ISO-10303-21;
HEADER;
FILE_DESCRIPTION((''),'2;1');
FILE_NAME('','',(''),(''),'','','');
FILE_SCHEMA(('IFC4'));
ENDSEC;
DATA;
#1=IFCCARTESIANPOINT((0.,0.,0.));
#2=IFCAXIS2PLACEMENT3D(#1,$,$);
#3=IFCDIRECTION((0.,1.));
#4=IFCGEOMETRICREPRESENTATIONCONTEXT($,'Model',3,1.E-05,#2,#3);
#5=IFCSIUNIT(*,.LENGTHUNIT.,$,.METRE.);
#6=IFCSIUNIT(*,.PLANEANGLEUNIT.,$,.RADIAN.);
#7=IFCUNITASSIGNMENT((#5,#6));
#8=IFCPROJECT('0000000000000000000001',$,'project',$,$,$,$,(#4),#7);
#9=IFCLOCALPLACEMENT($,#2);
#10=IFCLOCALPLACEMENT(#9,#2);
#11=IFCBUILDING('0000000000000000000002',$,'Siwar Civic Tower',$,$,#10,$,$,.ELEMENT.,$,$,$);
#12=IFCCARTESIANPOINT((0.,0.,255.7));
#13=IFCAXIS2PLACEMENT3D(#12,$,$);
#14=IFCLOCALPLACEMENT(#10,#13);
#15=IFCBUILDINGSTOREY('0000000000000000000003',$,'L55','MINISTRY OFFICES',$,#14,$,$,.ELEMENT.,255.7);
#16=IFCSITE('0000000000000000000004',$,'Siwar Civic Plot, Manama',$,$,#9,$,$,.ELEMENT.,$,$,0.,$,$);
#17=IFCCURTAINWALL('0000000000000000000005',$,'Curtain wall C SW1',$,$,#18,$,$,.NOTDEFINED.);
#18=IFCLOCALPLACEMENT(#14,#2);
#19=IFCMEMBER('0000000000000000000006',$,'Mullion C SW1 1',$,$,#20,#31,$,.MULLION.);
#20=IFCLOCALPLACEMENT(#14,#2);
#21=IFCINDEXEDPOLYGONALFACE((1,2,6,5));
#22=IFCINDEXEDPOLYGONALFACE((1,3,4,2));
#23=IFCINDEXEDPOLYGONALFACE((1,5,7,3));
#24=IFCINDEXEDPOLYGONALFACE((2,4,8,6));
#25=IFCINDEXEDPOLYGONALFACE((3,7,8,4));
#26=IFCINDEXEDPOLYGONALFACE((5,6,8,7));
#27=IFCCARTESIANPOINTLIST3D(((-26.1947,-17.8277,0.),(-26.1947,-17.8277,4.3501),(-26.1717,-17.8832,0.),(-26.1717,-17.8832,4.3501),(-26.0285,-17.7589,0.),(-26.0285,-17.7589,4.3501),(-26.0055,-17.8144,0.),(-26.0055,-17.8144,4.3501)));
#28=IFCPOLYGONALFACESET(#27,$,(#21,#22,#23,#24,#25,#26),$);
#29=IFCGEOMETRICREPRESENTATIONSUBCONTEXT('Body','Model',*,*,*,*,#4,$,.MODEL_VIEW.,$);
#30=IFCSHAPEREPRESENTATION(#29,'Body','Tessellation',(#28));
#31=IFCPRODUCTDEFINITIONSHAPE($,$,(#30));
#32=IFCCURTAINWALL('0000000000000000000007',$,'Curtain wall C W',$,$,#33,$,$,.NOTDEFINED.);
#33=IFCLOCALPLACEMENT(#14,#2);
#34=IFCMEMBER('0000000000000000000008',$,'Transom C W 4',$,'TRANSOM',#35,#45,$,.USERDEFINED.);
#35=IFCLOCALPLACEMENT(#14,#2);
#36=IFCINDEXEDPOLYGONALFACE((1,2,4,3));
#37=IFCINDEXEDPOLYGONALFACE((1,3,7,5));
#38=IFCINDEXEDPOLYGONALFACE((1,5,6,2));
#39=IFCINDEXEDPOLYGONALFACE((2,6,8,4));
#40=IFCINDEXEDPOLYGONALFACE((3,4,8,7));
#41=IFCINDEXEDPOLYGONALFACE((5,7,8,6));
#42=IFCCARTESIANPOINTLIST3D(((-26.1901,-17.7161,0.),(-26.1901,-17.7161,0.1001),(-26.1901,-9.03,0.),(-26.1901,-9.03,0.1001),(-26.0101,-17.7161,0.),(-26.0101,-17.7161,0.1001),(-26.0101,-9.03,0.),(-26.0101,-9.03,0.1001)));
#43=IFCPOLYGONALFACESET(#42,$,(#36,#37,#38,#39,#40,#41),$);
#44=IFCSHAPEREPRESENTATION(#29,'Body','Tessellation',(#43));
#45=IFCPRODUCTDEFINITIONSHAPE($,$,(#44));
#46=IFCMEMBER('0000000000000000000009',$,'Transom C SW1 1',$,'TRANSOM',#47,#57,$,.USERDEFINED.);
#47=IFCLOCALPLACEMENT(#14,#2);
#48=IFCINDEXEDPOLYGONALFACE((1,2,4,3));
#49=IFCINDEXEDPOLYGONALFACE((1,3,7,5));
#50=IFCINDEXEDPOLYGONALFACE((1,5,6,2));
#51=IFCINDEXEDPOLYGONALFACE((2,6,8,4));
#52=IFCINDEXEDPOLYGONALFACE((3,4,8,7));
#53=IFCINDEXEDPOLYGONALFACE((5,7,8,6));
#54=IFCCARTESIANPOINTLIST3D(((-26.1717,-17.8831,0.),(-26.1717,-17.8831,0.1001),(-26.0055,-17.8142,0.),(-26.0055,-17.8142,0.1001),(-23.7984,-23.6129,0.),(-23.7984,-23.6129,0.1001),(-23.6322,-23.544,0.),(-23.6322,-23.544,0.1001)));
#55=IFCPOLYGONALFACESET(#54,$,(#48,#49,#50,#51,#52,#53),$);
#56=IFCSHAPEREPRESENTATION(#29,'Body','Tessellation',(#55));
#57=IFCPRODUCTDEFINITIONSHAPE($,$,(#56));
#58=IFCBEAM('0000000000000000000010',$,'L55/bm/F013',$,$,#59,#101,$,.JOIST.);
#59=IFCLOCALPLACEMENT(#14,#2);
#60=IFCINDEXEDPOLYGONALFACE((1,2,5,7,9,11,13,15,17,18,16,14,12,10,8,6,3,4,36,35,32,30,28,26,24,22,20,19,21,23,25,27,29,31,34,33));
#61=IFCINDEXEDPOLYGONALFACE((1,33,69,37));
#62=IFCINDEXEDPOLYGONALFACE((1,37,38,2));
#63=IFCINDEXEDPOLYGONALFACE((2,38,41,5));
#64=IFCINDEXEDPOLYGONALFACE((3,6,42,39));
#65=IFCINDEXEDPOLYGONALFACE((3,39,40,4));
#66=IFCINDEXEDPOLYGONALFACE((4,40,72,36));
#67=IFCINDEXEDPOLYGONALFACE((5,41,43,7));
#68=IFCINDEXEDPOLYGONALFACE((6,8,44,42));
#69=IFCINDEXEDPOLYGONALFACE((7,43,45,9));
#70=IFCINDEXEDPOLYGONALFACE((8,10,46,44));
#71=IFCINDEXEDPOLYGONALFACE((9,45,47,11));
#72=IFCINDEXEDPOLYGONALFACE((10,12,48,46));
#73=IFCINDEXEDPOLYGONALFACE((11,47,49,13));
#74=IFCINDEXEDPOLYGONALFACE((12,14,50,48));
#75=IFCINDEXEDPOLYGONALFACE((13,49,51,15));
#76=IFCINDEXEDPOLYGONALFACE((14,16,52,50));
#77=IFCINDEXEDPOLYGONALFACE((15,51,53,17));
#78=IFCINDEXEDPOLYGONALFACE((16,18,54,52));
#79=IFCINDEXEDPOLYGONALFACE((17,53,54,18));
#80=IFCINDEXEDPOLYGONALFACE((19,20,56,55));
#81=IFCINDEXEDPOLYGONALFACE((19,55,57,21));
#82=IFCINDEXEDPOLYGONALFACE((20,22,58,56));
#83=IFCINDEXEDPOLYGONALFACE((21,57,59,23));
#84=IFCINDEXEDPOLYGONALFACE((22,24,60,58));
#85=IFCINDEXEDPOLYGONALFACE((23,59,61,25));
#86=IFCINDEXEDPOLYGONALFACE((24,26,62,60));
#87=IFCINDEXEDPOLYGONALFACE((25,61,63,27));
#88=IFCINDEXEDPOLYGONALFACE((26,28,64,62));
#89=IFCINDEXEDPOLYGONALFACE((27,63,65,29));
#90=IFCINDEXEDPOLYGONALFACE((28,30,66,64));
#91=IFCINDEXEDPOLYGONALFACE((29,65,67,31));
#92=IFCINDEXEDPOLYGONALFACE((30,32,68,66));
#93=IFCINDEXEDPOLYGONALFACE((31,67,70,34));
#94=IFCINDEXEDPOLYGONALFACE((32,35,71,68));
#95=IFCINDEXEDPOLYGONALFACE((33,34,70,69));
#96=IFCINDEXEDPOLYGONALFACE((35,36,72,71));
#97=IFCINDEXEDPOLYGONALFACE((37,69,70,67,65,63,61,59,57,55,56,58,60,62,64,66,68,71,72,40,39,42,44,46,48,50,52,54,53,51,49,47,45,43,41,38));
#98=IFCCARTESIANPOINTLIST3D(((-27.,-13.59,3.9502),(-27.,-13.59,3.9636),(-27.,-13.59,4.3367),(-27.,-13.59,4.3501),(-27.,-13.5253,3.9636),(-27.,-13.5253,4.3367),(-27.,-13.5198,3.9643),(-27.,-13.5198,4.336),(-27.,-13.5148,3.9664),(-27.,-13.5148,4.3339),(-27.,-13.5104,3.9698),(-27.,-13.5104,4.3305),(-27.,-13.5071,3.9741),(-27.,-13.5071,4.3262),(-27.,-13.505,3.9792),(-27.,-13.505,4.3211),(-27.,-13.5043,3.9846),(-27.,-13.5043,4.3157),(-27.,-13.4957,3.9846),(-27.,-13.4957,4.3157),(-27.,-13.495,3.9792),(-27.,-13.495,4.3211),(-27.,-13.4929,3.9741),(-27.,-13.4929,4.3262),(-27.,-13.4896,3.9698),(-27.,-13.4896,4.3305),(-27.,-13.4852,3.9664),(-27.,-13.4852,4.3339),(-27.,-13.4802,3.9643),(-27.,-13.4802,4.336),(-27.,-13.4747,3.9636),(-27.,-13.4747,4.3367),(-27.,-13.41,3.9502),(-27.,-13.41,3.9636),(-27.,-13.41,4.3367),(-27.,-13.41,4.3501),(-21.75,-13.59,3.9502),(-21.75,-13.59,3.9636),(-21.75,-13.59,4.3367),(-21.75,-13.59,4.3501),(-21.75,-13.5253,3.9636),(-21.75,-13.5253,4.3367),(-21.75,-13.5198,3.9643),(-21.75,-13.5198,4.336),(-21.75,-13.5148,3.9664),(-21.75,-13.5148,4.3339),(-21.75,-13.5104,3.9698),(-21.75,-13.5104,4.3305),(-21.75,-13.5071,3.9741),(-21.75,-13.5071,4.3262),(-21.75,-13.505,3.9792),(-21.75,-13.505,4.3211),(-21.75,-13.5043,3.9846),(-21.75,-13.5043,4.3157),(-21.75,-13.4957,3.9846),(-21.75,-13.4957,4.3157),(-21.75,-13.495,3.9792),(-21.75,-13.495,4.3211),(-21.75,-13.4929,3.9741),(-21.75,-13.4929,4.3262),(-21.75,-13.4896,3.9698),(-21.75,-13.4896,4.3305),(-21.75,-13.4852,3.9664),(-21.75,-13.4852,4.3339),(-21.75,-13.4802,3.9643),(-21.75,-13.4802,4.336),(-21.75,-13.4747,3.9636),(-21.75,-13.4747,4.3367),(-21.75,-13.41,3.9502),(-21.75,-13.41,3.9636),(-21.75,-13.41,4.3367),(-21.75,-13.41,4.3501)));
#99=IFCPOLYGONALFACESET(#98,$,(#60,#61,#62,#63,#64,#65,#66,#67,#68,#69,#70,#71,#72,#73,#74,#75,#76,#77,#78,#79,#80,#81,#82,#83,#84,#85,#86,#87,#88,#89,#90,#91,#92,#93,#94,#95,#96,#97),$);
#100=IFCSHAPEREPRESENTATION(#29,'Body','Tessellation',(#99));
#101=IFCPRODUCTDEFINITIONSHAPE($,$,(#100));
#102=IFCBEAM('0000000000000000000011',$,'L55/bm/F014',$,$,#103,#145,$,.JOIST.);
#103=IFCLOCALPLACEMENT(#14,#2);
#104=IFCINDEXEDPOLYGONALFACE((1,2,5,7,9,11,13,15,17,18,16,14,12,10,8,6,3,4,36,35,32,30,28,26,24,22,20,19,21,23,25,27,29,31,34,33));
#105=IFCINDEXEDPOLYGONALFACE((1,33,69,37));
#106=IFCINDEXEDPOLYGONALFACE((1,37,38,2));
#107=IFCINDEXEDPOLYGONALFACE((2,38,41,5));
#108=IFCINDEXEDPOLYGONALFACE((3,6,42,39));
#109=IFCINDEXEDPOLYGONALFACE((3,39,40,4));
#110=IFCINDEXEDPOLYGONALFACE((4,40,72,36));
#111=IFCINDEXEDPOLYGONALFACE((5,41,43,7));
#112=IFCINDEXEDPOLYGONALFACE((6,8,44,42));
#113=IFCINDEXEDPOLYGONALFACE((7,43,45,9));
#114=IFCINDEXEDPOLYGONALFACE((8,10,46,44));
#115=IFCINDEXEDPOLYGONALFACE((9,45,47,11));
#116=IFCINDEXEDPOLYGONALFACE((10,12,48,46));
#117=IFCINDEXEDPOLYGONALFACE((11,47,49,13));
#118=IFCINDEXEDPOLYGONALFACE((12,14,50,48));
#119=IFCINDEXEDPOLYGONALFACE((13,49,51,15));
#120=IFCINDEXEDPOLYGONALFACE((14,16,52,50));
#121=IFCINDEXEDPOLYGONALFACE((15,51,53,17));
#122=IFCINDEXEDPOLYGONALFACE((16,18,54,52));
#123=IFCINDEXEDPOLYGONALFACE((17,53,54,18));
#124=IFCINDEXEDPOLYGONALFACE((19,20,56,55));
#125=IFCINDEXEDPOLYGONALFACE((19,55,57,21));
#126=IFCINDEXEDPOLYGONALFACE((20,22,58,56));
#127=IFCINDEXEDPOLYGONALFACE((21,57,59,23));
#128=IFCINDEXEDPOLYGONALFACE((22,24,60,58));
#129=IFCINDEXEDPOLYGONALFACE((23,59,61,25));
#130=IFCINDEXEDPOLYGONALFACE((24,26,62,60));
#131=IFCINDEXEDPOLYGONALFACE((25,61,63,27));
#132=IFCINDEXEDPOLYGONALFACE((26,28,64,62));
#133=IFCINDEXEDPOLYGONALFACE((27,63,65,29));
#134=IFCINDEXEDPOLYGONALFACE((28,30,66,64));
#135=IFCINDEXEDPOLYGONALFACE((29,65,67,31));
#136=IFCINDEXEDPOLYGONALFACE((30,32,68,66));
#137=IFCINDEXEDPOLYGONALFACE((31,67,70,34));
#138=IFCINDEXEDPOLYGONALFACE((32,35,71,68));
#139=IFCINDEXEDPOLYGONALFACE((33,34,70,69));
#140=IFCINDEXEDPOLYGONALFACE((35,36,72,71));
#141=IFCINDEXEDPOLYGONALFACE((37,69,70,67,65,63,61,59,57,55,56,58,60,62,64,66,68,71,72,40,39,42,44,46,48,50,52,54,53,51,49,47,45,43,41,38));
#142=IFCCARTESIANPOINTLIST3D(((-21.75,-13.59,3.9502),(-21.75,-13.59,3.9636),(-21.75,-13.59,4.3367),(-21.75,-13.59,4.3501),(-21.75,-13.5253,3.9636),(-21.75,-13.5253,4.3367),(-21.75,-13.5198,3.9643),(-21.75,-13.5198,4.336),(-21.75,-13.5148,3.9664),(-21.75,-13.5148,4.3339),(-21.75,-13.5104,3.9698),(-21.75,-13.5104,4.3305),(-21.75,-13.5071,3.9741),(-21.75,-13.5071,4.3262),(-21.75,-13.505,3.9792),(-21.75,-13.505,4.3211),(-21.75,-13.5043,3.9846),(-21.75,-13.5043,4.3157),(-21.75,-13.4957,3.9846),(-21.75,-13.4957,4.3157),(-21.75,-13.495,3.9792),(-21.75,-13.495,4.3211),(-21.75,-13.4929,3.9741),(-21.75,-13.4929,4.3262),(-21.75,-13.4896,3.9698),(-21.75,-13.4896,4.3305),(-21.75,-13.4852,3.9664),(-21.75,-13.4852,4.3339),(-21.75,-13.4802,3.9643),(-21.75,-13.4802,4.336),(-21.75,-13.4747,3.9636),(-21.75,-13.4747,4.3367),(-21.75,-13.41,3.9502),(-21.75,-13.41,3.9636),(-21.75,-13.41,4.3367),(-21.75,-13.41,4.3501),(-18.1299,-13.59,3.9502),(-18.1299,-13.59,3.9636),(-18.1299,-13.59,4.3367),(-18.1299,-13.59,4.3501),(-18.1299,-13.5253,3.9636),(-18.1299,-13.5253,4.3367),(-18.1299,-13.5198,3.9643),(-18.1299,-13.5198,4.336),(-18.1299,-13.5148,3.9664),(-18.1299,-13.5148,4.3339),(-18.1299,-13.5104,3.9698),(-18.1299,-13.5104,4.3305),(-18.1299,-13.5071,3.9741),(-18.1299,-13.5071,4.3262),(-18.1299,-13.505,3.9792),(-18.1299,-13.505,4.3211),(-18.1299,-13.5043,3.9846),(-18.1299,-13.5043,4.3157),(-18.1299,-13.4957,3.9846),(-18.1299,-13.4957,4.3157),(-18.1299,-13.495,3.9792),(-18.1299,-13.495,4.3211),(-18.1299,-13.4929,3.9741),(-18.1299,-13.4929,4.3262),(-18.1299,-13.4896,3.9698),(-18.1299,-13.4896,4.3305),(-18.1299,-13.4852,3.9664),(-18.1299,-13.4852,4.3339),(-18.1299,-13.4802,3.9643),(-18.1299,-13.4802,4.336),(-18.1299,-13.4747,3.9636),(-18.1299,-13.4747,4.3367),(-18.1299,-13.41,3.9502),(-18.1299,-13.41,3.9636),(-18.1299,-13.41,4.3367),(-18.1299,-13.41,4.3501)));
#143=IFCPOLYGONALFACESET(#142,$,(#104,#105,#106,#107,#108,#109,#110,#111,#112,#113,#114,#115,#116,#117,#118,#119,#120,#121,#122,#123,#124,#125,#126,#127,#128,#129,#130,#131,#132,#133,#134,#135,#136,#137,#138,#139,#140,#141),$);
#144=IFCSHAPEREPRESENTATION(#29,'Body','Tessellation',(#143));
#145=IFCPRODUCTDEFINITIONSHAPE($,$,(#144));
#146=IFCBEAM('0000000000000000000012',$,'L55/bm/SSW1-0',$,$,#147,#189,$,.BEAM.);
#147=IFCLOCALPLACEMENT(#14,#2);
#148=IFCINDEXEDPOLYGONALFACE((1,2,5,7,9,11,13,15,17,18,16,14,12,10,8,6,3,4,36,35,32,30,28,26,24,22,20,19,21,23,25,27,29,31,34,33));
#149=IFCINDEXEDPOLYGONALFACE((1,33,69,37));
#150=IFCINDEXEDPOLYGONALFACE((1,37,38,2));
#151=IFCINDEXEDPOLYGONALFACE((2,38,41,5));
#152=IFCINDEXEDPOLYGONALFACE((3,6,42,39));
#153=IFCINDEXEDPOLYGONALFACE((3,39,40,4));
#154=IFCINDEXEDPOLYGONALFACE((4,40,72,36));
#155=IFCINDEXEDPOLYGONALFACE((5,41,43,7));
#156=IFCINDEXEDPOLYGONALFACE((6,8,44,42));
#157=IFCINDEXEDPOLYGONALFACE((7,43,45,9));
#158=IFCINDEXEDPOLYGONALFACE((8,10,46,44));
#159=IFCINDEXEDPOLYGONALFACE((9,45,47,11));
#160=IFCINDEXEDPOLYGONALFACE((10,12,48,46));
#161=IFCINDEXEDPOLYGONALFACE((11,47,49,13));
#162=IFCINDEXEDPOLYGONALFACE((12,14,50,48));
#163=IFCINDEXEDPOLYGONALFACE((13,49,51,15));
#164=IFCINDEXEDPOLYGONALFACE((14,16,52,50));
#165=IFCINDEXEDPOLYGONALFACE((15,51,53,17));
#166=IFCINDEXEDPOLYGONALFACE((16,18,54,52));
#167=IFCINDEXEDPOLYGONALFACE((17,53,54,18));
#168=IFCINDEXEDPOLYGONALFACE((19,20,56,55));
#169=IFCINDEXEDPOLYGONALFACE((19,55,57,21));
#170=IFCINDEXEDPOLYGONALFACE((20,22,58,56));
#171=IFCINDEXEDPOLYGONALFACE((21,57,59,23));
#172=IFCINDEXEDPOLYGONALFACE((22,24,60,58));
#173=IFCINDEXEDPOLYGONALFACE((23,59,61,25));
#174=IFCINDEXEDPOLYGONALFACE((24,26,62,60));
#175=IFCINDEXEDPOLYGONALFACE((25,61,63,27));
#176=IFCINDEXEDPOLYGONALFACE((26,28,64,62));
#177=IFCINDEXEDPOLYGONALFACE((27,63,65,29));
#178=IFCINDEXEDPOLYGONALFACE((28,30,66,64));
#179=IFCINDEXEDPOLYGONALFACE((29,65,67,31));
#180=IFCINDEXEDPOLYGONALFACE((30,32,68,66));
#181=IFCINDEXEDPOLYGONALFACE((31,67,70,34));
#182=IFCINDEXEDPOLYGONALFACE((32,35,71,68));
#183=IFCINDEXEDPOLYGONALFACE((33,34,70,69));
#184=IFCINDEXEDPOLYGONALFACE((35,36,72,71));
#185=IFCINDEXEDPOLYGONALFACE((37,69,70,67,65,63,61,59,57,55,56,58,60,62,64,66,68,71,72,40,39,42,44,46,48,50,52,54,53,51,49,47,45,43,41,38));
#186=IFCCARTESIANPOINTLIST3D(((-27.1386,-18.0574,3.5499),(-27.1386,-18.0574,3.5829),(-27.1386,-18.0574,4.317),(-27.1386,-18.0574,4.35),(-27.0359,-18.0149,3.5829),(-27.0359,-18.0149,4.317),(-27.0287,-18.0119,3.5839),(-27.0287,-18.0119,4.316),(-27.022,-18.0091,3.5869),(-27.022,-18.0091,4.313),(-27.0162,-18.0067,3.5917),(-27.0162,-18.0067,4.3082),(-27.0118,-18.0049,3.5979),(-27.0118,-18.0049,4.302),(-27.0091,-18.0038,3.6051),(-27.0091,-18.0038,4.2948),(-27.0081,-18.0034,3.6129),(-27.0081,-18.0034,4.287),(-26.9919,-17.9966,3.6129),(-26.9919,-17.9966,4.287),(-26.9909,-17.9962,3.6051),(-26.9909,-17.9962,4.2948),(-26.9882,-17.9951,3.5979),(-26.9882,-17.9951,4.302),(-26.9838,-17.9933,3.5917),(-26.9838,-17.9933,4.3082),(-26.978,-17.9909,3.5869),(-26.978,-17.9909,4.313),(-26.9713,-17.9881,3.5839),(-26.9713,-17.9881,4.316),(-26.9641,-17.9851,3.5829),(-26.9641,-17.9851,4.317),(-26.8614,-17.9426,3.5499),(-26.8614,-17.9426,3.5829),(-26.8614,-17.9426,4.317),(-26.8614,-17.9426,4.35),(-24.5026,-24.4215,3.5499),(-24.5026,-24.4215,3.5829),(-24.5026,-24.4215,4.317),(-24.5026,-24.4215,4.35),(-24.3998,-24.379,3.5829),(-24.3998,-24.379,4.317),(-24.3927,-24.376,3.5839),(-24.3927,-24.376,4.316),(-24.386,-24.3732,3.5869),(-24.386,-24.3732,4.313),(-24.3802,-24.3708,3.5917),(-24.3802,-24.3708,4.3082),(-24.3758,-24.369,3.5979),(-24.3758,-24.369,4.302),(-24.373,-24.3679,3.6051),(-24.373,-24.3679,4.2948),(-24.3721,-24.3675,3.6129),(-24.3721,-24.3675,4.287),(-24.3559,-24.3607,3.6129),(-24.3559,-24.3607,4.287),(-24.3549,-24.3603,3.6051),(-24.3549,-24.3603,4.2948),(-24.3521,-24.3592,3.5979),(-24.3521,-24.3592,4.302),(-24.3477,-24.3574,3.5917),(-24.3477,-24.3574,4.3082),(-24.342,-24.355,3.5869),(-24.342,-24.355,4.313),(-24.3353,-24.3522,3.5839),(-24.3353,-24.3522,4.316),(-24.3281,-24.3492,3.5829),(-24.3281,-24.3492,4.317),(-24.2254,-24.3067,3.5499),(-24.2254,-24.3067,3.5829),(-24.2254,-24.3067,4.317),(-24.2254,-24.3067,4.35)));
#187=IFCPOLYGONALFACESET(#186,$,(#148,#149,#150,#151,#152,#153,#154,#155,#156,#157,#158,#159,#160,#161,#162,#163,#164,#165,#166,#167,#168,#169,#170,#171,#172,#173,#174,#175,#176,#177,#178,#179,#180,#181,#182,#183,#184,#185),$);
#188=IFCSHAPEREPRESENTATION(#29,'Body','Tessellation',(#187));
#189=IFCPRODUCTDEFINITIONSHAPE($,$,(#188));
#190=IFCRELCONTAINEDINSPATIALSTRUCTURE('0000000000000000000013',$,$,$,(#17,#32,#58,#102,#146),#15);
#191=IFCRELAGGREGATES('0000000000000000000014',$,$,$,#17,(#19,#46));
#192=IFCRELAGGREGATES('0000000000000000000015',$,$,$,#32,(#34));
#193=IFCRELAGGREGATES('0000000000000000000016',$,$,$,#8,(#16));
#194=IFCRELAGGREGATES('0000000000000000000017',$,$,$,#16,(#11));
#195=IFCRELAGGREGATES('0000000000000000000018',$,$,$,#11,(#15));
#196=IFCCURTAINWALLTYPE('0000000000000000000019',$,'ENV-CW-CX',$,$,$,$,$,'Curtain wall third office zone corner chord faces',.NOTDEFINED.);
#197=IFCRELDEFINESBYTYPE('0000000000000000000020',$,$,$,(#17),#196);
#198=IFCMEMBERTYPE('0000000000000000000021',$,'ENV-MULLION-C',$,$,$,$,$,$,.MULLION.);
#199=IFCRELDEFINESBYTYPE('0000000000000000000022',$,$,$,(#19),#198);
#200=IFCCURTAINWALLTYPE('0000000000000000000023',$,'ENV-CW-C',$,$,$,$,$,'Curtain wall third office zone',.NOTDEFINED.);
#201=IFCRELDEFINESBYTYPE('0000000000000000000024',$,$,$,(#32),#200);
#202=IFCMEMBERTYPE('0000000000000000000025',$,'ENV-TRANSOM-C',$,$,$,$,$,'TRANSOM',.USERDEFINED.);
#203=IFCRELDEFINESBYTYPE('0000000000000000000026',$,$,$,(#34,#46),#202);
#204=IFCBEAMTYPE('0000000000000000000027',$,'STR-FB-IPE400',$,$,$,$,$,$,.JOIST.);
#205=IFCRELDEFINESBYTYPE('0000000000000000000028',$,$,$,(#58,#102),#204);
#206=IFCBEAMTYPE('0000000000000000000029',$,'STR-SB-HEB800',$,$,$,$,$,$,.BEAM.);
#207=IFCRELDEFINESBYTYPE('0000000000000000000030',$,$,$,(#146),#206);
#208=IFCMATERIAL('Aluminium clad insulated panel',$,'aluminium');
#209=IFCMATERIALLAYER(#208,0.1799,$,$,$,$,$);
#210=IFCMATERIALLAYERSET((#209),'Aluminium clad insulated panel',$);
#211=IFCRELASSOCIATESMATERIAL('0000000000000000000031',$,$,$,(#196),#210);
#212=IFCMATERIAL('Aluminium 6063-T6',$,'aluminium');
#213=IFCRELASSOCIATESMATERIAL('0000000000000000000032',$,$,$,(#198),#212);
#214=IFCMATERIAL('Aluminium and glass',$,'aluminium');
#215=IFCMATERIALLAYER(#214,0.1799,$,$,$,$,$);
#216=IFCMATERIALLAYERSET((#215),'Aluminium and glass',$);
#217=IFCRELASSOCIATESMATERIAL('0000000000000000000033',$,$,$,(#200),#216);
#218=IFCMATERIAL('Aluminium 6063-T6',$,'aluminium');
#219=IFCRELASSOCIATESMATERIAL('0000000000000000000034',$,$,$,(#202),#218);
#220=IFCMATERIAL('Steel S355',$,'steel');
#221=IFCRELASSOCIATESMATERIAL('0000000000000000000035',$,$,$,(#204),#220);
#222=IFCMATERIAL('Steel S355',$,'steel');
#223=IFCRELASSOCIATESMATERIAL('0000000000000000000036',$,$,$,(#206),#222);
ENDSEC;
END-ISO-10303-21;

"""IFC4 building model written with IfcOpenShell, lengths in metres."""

from ifc_helpers import new_model, si_unit, direction, frame, origin, origin_2d, place, context, subcontext, project, spatial, rectangle, i_section, extrude, material, layer, layer_set, material_profile, profile_set, type_object, element, aggregate, save


model = new_model("IFC4")

# Units and contexts
model_context = context("Model", 3, precision=1e-05, world=origin(), true_north=direction((0.0, 1.0)))
body_context = subcontext(model_context, "Body", "Model", "MODEL_VIEW")
ifc_project = project(units=[si_unit("LENGTHUNIT", "METRE"), si_unit("PLANEANGLEUNIT", "RADIAN")], contexts=[model_context])

# Site, building, storey
site_placement = place(None, origin())
site = spatial("IfcSite", under=ifc_project, at=site_placement, Name="Siwar Civic Plot, Manama", CompositionType="ELEMENT", RefElevation=0.0)
building_placement = place(site_placement, origin())
building = spatial("IfcBuilding", under=site, at=building_placement, Name="Siwar Civic Tower", CompositionType="ELEMENT")
storey_placement = place(building_placement, frame((0.0, 0.0, 255.7)))
storey = spatial("IfcBuildingStorey", under=building, at=storey_placement, Name="L55", Description="MINISTRY OFFICES", CompositionType="ELEMENT", Elevation=255.7)

# Curtain walls, members
ifc_material_1 = material(Name="Aluminium clad insulated panel", Category="aluminium")
ifc_layer_1 = layer(ifc_material_1, 0.1799)
ifc_layer_set_1 = layer_set([ifc_layer_1], Name="Aluminium clad insulated panel")
curtain_wall_type_1 = type_object("IfcCurtainWallType", Name="ENV-CW-CX", ElementType="Curtain wall third office zone corner chord faces", PredefinedType="NOTDEFINED", material=ifc_layer_set_1)
curtain_wall_1_placement = place(storey_placement, origin())
curtain_wall_1 = element("IfcCurtainWall", 1, at=curtain_wall_1_placement, inside=storey, type_object=curtain_wall_type_1, Name="Curtain wall C SW1", PredefinedType="NOTDEFINED")
ifc_material_2 = material(Name="Aluminium 6063-T6", Category="aluminium")
ifc_material_profile_1 = material_profile(ifc_material_2, rectangle(XDim=0.1799, YDim=0.0601, at=origin_2d()), Name="AL 180x60")
ifc_profile_set_1 = profile_set([ifc_material_profile_1], Name="Aluminium 6063-T6")
member_type_1 = type_object("IfcMemberType", Name="ENV-MULLION-C", PredefinedType="MULLION", material=ifc_profile_set_1)
member_1_placement = place(storey_placement, frame((-26.1001, -17.821, 0.0), z_axis=(0.0, 0.0, 1.0), x_axis=(0.92388, 0.382683, 0.0)))
member_1 = element("IfcMember", 2, at=member_1_placement, type_object=member_type_1, Name="Mullion C SW1 1", PredefinedType="MULLION", context=body_context, shape_type="SweptSolid", body=[
    extrude(rectangle(XDim=0.1799, YDim=0.0601, at=origin_2d()), origin(), (0.0, 0.0, 1.0), 4.3501),
])
ifc_material_3 = material(Name="Aluminium and glass", Category="aluminium")
ifc_layer_2 = layer(ifc_material_3, 0.1799)
ifc_layer_set_2 = layer_set([ifc_layer_2], Name="Aluminium and glass")
curtain_wall_type_2 = type_object("IfcCurtainWallType", Name="ENV-CW-C", ElementType="Curtain wall third office zone", PredefinedType="NOTDEFINED", material=ifc_layer_set_2)
curtain_wall_2_placement = place(storey_placement, origin())
curtain_wall_2 = element("IfcCurtainWall", 3, at=curtain_wall_2_placement, inside=storey, type_object=curtain_wall_type_2, Name="Curtain wall C W", PredefinedType="NOTDEFINED")
ifc_material_4 = material(Name="Aluminium 6063-T6", Category="aluminium")
ifc_material_profile_2 = material_profile(ifc_material_4, rectangle(XDim=0.1799, YDim=0.1001, at=origin_2d()), Name="AL 180x100")
ifc_profile_set_2 = profile_set([ifc_material_profile_2], Name="Aluminium 6063-T6")
member_type_2 = type_object("IfcMemberType", Name="ENV-TRANSOM-C", ElementType="TRANSOM", PredefinedType="USERDEFINED", material=ifc_profile_set_2)
member_2_placement = place(storey_placement, frame((-26.1001, -9.03, 0.05), z_axis=(0.0, -1.0, 0.0), x_axis=(1.0, 0.0, 0.0)))
member_2 = element("IfcMember", 4, at=member_2_placement, type_object=member_type_2, Name="Transom C W 4", ObjectType="TRANSOM", PredefinedType="USERDEFINED", context=body_context, shape_type="SweptSolid", body=[
    extrude(rectangle(XDim=0.1799, YDim=0.1001, at=origin_2d()), origin(), (0.0, 0.0, 1.0), 8.686),
])

# Member
member_3_placement = place(storey_placement, frame((-26.0886, -17.8486, 0.05), z_axis=(0.382677, -0.923882, 0.0), x_axis=(0.923882, 0.382677, 0.0)))
member_3 = element("IfcMember", 5, at=member_3_placement, type_object=member_type_2, Name="Transom C SW1 1", ObjectType="TRANSOM", PredefinedType="USERDEFINED", context=body_context, shape_type="SweptSolid", body=[
    extrude(rectangle(XDim=0.1799, YDim=0.1001, at=origin_2d()), origin(), (0.0, 0.0, 1.0), 6.2019),
])
aggregate(curtain_wall_1, [member_1, member_3])

# Beams
ifc_material_5 = material(Name="Steel S355", Category="steel")
ifc_material_profile_3 = material_profile(ifc_material_5, i_section(OverallWidth=0.1799, OverallDepth=0.3999, WebThickness=0.0085, FlangeThickness=0.0134, FilletRadius=0.021, at=origin_2d()), Name="IPE400")
ifc_profile_set_3 = profile_set([ifc_material_profile_3], Name="Steel S355")
beam_type_1 = type_object("IfcBeamType", Name="STR-FB-IPE400", PredefinedType="JOIST", material=ifc_profile_set_3)
beam_1_placement = place(storey_placement, frame((-27.0, -13.5, 4.1501), z_axis=(1.0, 0.0, 0.0), x_axis=(0.0, 1.0, 0.0)))
element("IfcBeam", 6, at=beam_1_placement, inside=storey, type_object=beam_type_1, Name="L55/bm/F013", PredefinedType="JOIST", context=body_context, shape_type="SweptSolid", body=[
    extrude(i_section(OverallWidth=0.1799, OverallDepth=0.3999, WebThickness=0.0085, FlangeThickness=0.0134, FilletRadius=0.021, at=origin_2d()), origin(), (0.0, 0.0, 1.0), 5.25),
])
beam_2_placement = place(storey_placement, frame((-21.75, -13.5, 4.1501), z_axis=(1.0, 0.0, 0.0), x_axis=(0.0, 1.0, 0.0)))
element("IfcBeam", 7, at=beam_2_placement, inside=storey, type_object=beam_type_1, Name="L55/bm/F014", PredefinedType="JOIST", context=body_context, shape_type="SweptSolid", body=[
    extrude(i_section(OverallWidth=0.1799, OverallDepth=0.3999, WebThickness=0.0085, FlangeThickness=0.0134, FilletRadius=0.021, at=origin_2d()), origin(), (0.0, 0.0, 1.0), 3.6201),
])
ifc_material_6 = material(Name="Steel S355", Category="steel")
ifc_material_profile_4 = material_profile(ifc_material_6, i_section(OverallWidth=0.3, OverallDepth=0.8, WebThickness=0.0176, FlangeThickness=0.033, FilletRadius=0.03, at=origin_2d()), Name="HEB800")
ifc_profile_set_4 = profile_set([ifc_material_profile_4], Name="Steel S355")
beam_type_2 = type_object("IfcBeamType", Name="STR-SB-HEB800", PredefinedType="BEAM", material=ifc_profile_set_4)
beam_3_placement = place(storey_placement, frame((-27.0, -18.0, 3.95), z_axis=(0.382674, -0.923883, 0.0), x_axis=(0.923883, 0.382674, 0.0)))
element("IfcBeam", 8, at=beam_3_placement, inside=storey, type_object=beam_type_2, Name="L55/bm/SSW1-0", PredefinedType="BEAM", context=body_context, shape_type="SweptSolid", body=[
    extrude(i_section(OverallWidth=0.3, OverallDepth=0.8, WebThickness=0.0176, FlangeThickness=0.033, FilletRadius=0.03, at=origin_2d()), origin(), (0.0, 0.0, 1.0), 6.8884),
])

aggregate(curtain_wall_2, [member_2])

save(model, "model.ifc")
